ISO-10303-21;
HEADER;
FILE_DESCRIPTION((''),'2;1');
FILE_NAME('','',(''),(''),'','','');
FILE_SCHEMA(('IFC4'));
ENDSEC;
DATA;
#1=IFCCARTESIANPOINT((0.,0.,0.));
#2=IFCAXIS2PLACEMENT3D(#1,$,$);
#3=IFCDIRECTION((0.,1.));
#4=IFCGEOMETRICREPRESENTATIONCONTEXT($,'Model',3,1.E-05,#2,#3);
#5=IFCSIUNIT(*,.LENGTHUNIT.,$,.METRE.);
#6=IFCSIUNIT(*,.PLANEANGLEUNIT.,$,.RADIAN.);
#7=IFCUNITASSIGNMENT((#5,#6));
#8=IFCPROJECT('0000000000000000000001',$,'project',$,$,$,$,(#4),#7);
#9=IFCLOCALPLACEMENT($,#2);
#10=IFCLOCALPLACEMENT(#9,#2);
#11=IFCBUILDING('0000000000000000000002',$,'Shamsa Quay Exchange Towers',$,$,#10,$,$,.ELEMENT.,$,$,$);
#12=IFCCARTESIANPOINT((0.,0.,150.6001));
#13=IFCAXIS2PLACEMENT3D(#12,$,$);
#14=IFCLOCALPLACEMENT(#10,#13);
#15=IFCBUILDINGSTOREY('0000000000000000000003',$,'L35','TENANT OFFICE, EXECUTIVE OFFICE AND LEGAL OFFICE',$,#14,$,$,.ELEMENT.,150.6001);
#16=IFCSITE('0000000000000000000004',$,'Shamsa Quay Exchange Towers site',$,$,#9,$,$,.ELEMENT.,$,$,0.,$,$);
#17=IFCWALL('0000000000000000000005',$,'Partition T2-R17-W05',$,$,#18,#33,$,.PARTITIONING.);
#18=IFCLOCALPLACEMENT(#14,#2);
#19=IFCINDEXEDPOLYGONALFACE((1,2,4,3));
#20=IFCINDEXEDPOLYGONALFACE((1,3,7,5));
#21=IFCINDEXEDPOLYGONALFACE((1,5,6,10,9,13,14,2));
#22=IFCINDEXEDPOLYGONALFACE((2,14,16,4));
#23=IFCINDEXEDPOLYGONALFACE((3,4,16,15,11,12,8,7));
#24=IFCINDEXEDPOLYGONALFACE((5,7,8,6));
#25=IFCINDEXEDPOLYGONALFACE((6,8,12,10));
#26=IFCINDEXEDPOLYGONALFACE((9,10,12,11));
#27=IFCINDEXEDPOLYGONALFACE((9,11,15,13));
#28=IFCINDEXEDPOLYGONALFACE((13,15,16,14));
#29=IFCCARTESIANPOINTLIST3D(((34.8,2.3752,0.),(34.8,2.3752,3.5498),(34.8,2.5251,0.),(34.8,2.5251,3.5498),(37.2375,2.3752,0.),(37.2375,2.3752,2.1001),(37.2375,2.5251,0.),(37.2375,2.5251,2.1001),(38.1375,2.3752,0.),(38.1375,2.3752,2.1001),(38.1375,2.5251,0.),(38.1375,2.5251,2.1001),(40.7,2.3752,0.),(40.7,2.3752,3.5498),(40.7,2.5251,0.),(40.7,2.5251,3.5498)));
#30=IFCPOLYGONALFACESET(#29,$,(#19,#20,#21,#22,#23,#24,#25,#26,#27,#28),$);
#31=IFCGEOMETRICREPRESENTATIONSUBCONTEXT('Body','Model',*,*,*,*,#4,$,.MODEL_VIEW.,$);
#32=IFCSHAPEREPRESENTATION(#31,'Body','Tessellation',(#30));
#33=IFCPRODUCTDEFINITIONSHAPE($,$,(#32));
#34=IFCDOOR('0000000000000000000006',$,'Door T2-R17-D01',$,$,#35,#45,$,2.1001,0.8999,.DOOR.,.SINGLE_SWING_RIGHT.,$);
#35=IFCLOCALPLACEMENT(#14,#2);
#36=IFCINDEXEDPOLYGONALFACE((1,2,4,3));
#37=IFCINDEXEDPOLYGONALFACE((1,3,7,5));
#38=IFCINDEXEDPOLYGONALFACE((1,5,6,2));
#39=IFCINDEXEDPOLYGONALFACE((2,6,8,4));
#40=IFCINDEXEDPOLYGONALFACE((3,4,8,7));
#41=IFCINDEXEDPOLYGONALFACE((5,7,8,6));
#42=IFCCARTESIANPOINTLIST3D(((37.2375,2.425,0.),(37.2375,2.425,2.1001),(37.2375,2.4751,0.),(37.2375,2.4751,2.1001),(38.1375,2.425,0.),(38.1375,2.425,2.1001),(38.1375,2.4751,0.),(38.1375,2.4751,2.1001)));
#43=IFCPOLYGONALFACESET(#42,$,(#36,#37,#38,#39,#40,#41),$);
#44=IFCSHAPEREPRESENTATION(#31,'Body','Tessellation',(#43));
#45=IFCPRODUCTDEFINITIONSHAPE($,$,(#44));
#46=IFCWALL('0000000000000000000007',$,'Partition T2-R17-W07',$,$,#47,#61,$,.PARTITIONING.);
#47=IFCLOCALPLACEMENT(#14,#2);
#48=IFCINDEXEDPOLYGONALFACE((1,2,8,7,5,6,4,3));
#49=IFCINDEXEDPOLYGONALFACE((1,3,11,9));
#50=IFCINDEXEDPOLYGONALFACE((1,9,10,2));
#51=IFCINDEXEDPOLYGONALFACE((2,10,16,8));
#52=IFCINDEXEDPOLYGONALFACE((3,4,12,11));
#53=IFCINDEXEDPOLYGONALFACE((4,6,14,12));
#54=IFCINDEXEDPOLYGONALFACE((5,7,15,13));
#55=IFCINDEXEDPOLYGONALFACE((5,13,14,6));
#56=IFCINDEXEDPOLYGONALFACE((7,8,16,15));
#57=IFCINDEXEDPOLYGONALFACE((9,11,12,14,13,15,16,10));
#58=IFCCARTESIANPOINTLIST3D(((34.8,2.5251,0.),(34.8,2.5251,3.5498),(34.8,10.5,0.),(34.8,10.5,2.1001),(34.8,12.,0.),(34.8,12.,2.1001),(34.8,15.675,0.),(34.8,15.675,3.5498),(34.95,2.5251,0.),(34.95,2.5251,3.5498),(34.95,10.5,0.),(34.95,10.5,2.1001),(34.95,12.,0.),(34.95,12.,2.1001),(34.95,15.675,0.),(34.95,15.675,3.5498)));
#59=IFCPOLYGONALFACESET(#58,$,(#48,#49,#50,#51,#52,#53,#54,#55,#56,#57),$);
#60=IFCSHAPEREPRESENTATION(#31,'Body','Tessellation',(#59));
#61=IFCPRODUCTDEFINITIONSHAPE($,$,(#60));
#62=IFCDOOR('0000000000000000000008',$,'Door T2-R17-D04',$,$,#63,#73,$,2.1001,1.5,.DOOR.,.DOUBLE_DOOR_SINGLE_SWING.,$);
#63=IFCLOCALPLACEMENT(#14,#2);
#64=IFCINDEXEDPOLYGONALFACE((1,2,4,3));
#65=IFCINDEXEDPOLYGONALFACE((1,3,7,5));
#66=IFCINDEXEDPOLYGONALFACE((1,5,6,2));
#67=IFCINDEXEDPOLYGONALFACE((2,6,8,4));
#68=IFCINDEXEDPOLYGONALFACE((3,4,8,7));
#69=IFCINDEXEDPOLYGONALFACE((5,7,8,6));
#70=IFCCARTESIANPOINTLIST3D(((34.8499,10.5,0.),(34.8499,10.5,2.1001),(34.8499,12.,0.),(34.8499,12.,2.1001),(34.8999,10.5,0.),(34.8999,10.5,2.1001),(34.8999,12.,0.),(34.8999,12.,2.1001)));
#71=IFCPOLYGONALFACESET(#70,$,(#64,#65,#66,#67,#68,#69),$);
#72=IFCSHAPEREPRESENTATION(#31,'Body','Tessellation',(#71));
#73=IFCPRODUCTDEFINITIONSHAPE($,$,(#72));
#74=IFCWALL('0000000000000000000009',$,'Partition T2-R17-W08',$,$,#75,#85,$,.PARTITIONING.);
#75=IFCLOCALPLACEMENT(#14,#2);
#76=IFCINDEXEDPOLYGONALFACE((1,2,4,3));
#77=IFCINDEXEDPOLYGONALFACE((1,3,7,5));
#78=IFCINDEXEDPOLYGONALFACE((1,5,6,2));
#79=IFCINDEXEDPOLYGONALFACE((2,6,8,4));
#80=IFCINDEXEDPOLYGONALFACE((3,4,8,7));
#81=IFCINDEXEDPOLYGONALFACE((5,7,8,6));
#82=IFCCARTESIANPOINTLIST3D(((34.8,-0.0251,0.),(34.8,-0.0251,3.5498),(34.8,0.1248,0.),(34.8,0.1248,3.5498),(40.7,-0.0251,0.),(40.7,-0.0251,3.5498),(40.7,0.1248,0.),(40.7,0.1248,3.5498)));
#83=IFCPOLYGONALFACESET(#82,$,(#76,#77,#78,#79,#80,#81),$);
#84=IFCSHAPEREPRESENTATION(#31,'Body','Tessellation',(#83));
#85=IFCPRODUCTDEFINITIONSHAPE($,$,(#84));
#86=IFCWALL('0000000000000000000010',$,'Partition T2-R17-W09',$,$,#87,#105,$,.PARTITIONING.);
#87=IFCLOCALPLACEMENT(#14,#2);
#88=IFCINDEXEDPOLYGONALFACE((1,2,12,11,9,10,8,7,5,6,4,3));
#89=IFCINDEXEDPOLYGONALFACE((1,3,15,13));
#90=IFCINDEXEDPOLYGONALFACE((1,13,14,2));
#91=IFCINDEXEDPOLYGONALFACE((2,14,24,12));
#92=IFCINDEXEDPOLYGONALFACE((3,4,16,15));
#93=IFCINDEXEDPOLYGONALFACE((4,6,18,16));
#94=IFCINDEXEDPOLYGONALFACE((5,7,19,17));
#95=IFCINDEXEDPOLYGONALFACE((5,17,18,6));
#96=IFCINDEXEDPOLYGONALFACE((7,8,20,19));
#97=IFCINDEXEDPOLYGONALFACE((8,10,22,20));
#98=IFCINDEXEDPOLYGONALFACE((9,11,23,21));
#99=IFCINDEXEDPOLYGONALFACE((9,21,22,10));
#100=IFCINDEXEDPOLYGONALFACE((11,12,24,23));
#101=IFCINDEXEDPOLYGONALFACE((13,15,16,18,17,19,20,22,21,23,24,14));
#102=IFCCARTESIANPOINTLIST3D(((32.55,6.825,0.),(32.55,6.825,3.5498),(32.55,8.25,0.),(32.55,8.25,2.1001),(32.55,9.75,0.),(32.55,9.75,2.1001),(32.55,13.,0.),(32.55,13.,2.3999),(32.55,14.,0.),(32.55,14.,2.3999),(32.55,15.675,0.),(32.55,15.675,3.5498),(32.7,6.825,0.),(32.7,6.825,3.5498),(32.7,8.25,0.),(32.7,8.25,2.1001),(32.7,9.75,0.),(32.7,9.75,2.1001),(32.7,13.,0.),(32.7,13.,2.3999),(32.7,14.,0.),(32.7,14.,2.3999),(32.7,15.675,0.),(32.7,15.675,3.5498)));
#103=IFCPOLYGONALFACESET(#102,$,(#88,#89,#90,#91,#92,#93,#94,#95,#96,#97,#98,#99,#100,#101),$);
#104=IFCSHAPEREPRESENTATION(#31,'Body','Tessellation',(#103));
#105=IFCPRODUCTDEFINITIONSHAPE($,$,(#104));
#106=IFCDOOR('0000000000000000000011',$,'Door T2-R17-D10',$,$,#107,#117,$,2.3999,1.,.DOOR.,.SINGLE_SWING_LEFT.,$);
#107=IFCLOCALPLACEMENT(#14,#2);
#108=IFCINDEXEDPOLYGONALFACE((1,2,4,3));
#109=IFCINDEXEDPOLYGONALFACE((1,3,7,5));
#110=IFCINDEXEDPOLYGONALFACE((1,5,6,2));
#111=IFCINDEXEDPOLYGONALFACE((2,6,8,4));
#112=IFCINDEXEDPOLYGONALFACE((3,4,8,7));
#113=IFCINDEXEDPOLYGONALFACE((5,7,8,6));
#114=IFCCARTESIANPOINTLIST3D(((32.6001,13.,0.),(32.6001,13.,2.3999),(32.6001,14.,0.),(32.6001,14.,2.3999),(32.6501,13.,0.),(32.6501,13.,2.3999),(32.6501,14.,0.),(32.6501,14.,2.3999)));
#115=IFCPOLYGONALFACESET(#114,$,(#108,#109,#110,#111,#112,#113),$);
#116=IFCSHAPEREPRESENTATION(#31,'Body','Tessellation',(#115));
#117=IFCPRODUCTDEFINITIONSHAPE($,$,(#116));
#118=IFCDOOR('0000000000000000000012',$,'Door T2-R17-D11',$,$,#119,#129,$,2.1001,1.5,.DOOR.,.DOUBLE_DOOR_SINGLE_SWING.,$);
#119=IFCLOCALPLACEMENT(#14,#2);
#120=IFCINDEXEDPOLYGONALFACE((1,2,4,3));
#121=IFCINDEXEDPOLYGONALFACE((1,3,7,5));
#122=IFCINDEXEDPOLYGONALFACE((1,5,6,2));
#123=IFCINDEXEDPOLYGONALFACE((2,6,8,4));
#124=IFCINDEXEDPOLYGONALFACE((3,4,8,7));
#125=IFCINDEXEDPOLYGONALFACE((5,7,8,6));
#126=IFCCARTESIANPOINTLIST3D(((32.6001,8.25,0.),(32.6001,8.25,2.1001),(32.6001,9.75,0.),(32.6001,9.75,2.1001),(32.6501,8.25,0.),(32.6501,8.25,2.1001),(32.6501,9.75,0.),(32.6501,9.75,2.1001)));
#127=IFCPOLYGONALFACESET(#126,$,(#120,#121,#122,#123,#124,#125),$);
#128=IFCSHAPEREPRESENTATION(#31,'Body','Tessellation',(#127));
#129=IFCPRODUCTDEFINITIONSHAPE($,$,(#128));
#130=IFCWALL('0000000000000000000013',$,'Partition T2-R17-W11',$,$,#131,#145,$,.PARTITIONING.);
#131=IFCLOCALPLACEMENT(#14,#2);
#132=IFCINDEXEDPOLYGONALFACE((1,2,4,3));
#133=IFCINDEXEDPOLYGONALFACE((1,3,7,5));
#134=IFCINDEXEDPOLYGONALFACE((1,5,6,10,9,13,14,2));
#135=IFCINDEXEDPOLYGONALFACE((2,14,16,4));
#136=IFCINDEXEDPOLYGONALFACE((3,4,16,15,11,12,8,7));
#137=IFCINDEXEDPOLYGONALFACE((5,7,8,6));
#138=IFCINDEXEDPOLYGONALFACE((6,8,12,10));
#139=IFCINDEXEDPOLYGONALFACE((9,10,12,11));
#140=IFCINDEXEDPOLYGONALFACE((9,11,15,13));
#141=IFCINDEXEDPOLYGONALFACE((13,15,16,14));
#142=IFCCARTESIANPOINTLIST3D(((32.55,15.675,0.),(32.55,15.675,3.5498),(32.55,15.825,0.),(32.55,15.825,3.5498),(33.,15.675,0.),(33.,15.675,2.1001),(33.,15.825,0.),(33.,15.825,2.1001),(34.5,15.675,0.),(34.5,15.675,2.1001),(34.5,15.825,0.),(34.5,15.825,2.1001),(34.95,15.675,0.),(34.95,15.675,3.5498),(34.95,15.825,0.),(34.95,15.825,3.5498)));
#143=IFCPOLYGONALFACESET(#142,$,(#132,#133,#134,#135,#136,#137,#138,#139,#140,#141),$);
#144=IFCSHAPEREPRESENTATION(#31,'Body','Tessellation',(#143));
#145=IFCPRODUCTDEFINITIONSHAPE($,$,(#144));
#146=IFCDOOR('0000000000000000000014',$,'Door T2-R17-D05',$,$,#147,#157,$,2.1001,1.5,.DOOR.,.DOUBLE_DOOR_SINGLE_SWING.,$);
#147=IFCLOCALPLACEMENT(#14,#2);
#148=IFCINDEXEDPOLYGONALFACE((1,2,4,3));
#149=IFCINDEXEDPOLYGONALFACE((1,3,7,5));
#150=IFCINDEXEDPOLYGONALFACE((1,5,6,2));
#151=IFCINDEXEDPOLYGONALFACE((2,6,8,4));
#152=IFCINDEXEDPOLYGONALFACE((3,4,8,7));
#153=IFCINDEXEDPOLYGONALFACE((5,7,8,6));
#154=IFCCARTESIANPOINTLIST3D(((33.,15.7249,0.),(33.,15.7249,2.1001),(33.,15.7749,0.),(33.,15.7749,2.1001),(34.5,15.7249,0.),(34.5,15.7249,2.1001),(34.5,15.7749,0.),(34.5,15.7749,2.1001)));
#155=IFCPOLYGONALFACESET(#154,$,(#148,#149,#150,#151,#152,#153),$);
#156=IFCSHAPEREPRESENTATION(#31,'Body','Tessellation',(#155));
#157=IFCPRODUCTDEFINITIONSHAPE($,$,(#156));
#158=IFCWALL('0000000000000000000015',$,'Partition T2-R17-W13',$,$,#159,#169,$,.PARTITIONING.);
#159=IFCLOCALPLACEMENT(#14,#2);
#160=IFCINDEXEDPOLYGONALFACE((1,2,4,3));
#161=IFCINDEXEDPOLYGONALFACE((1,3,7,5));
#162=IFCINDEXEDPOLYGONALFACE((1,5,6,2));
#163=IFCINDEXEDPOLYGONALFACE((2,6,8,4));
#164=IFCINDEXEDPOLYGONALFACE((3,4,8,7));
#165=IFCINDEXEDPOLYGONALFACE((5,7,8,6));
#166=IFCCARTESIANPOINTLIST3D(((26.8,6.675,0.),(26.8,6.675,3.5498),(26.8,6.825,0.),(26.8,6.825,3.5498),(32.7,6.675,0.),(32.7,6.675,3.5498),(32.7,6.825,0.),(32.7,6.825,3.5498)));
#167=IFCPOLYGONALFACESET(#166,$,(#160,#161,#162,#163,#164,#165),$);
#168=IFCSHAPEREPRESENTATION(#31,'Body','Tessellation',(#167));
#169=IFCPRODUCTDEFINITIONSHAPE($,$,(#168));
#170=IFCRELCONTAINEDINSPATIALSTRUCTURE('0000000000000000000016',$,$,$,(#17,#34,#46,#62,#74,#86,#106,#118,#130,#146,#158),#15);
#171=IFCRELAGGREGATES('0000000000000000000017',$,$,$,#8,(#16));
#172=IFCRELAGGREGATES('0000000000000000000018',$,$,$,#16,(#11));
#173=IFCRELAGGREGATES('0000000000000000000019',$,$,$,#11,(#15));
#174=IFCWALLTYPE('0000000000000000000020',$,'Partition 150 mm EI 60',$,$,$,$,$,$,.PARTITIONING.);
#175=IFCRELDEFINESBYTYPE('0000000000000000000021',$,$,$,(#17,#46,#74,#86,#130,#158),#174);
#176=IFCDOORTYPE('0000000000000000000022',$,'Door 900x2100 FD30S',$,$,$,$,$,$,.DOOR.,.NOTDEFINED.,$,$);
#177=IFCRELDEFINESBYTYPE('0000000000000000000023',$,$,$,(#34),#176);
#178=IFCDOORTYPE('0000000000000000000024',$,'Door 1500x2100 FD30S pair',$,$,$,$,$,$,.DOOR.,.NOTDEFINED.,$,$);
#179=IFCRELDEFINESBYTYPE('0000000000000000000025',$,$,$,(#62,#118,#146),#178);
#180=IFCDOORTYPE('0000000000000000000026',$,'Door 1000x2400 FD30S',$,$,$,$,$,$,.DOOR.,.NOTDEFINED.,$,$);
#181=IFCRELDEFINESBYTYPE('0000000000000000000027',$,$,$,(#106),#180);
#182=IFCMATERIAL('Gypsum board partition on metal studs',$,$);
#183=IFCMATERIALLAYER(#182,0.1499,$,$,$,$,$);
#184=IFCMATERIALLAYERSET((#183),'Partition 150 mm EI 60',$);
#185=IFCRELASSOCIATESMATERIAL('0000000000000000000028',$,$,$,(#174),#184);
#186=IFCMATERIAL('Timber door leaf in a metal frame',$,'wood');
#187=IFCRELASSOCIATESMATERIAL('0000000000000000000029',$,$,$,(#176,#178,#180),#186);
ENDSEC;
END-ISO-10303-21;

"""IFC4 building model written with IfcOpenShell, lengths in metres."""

from ifc_helpers import new_model, si_unit, direction, frame, frame_2d, origin, place, context, subcontext, project, spatial, rectangle, extrude, material, layer, layer_set, type_object, element, fill, save


model = new_model("IFC4")

# Units and contexts
model_context = context("Model", 3, precision=1e-05, world=origin(), true_north=direction((0.0, 1.0)))
body_context = subcontext(model_context, "Body", "Model", "MODEL_VIEW")
ifc_project = project(units=[si_unit("LENGTHUNIT", "METRE"), si_unit("PLANEANGLEUNIT", "RADIAN")], contexts=[model_context])

# Site, building, storey
site_placement = place(None, origin())
site = spatial("IfcSite", under=ifc_project, at=site_placement, Name="Shamsa Quay Exchange Towers site", CompositionType="ELEMENT", RefElevation=0.0)
building_placement = place(site_placement, origin())
building = spatial("IfcBuilding", under=site, at=building_placement, Name="Shamsa Quay Exchange Towers", CompositionType="ELEMENT")
storey_placement = place(building_placement, frame((0.0, 0.0, 150.6001)))
storey = spatial("IfcBuildingStorey", under=building, at=storey_placement, Name="L35", Description="TENANT OFFICE, EXECUTIVE OFFICE AND LEGAL OFFICE", CompositionType="ELEMENT", Elevation=150.6001)

# Walls, openings, doors
ifc_material_1 = material(Name="Gypsum board partition on metal studs")
ifc_material_2 = material(Name="Timber door leaf in a metal frame", Category="wood")
ifc_layer_1 = layer(ifc_material_1, 0.1499)
ifc_layer_set_1 = layer_set([ifc_layer_1], Name="Partition 150 mm EI 60")
wall_type_1 = type_object("IfcWallType", Name="Partition 150 mm EI 60", PredefinedType="PARTITIONING", material=ifc_layer_set_1)
wall_1_placement = place(storey_placement, frame((34.8, 2.4502, 0.0)))
wall_1 = element("IfcWall", 1, at=wall_1_placement, inside=storey, type_object=wall_type_1, Name="Partition T2-R17-W05", PredefinedType="PARTITIONING", context=body_context, shape_type="SweptSolid", body=[
    extrude(rectangle(XDim=5.8999, YDim=0.1499, at=frame_2d((2.95, 0.0))), origin(), (0.0, 0.0, 1.0), 3.5498),
])
opening_1_placement = place(wall_1_placement, frame((2.4375, 0.0, 0.0)))
opening_1 = element("IfcOpeningElement", 2, at=opening_1_placement, cuts=wall_1, PredefinedType="OPENING", context=body_context, shape_type="SweptSolid", body=[
    extrude(rectangle(XDim=0.8999, YDim=2.1001, at=frame_2d((0.45, 1.05))), frame((0.0, 0.085, 0.0), z_axis=(0.0, -1.0, 0.0), x_axis=(1.0, 0.0, 0.0)), (0.0, 0.0, 1.0), 0.1699),
])
door_type_1 = type_object("IfcDoorType", Name="Door 900x2100 FD30S", OperationType="NOTDEFINED", PredefinedType="DOOR", material=ifc_material_2)
door_1_placement = place(opening_1_placement, origin())
door_1 = element("IfcDoor", 3, at=door_1_placement, inside=storey, type_object=door_type_1, Name="Door T2-R17-D01", OperationType="SINGLE_SWING_RIGHT", OverallHeight=2.1001, OverallWidth=0.8999, PredefinedType="DOOR", context=body_context, shape_type="SweptSolid", body=[
    extrude(rectangle(XDim=0.8999, YDim=2.1001, at=frame_2d((0.45, 1.05))), frame((0.0, 0.0249, 0.0), z_axis=(0.0, -1.0, 0.0), x_axis=(1.0, 0.0, 0.0)), (0.0, 0.0, 1.0), 0.05),
])
fill(opening_1, door_1)
wall_2_placement = place(storey_placement, frame((34.875, 15.675, 0.0), z_axis=(0.0, 0.0, 1.0), x_axis=(0.0, -1.0, 0.0)))
wall_2 = element("IfcWall", 4, at=wall_2_placement, inside=storey, type_object=wall_type_1, Name="Partition T2-R17-W07", PredefinedType="PARTITIONING", context=body_context, shape_type="SweptSolid", body=[
    extrude(rectangle(XDim=13.1499, YDim=0.1499, at=frame_2d((6.575, 0.0))), origin(), (0.0, 0.0, 1.0), 3.5498),
])
opening_2_placement = place(wall_2_placement, frame((3.675, 0.0, 0.0)))
opening_2 = element("IfcOpeningElement", 5, at=opening_2_placement, cuts=wall_2, PredefinedType="OPENING", context=body_context, shape_type="SweptSolid", body=[
    extrude(rectangle(XDim=1.5, YDim=2.1001, at=frame_2d((0.75, 1.05))), frame((0.0, 0.085, 0.0), z_axis=(0.0, -1.0, 0.0), x_axis=(1.0, 0.0, 0.0)), (0.0, 0.0, 1.0), 0.1699),
])
door_type_2 = type_object("IfcDoorType", Name="Door 1500x2100 FD30S pair", OperationType="NOTDEFINED", PredefinedType="DOOR", material=ifc_material_2)
door_2_placement = place(opening_2_placement, origin())
door_2 = element("IfcDoor", 6, at=door_2_placement, inside=storey, type_object=door_type_2, Name="Door T2-R17-D04", OperationType="DOUBLE_DOOR_SINGLE_SWING", OverallHeight=2.1001, OverallWidth=1.5, PredefinedType="DOOR", context=body_context, shape_type="SweptSolid", body=[
    extrude(rectangle(XDim=1.5, YDim=2.1001, at=frame_2d((0.75, 1.05))), frame((0.0, 0.0249, 0.0), z_axis=(0.0, -1.0, 0.0), x_axis=(1.0, 0.0, 0.0)), (0.0, 0.0, 1.0), 0.05),
])
fill(opening_2, door_2)

# Wall
wall_3_placement = place(storey_placement, frame((40.7, 0.0498, 0.0), z_axis=(0.0, 0.0, 1.0), x_axis=(-1.0, 0.0, 0.0)))
element("IfcWall", 7, at=wall_3_placement, inside=storey, type_object=wall_type_1, Name="Partition T2-R17-W08", PredefinedType="PARTITIONING", context=body_context, shape_type="SweptSolid", body=[
    extrude(rectangle(XDim=5.8999, YDim=0.1499, at=frame_2d((2.95, 0.0))), origin(), (0.0, 0.0, 1.0), 3.5498),
])

# Wall, openings, doors
wall_4_placement = place(storey_placement, frame((32.625, 6.825, 0.0), z_axis=(0.0, 0.0, 1.0), x_axis=(0.0, 1.0, 0.0)))
wall_4 = element("IfcWall", 8, at=wall_4_placement, inside=storey, type_object=wall_type_1, Name="Partition T2-R17-W09", PredefinedType="PARTITIONING", context=body_context, shape_type="SweptSolid", body=[
    extrude(rectangle(XDim=8.8501, YDim=0.1499, at=frame_2d((4.425, 0.0))), origin(), (0.0, 0.0, 1.0), 3.5498),
])
opening_3_placement = place(wall_4_placement, frame((6.175, 0.0, 0.0)))
opening_3 = element("IfcOpeningElement", 9, at=opening_3_placement, cuts=wall_4, PredefinedType="OPENING", context=body_context, shape_type="SweptSolid", body=[
    extrude(rectangle(XDim=1.0, YDim=2.3999, at=frame_2d((0.5, 1.2))), frame((0.0, 0.085, 0.0), z_axis=(0.0, -1.0, 0.0), x_axis=(1.0, 0.0, 0.0)), (0.0, 0.0, 1.0), 0.1699),
])
opening_4_placement = place(wall_4_placement, frame((1.425, 0.0, 0.0)))
opening_4 = element("IfcOpeningElement", 10, at=opening_4_placement, cuts=wall_4, PredefinedType="OPENING", context=body_context, shape_type="SweptSolid", body=[
    extrude(rectangle(XDim=1.5, YDim=2.1001, at=frame_2d((0.75, 1.05))), frame((0.0, 0.085, 0.0), z_axis=(0.0, -1.0, 0.0), x_axis=(1.0, 0.0, 0.0)), (0.0, 0.0, 1.0), 0.1699),
])
door_type_3 = type_object("IfcDoorType", Name="Door 1000x2400 FD30S", OperationType="NOTDEFINED", PredefinedType="DOOR", material=ifc_material_2)
door_3_placement = place(opening_3_placement, origin())
door_3 = element("IfcDoor", 11, at=door_3_placement, inside=storey, type_object=door_type_3, Name="Door T2-R17-D10", OperationType="SINGLE_SWING_LEFT", OverallHeight=2.3999, OverallWidth=1.0, PredefinedType="DOOR", context=body_context, shape_type="SweptSolid", body=[
    extrude(rectangle(XDim=1.0, YDim=2.3999, at=frame_2d((0.5, 1.2))), frame((0.0, 0.0249, 0.0), z_axis=(0.0, -1.0, 0.0), x_axis=(1.0, 0.0, 0.0)), (0.0, 0.0, 1.0), 0.05),
])
fill(opening_3, door_3)
door_4_placement = place(opening_4_placement, origin())
door_4 = element("IfcDoor", 12, at=door_4_placement, inside=storey, type_object=door_type_2, Name="Door T2-R17-D11", OperationType="DOUBLE_DOOR_SINGLE_SWING", OverallHeight=2.1001, OverallWidth=1.5, PredefinedType="DOOR", context=body_context, shape_type="SweptSolid", body=[
    extrude(rectangle(XDim=1.5, YDim=2.1001, at=frame_2d((0.75, 1.05))), frame((0.0, 0.0249, 0.0), z_axis=(0.0, -1.0, 0.0), x_axis=(1.0, 0.0, 0.0)), (0.0, 0.0, 1.0), 0.05),
])
fill(opening_4, door_4)

# Wall, opening, door
wall_5_placement = place(storey_placement, frame((32.55, 15.75, 0.0)))
wall_5 = element("IfcWall", 13, at=wall_5_placement, inside=storey, type_object=wall_type_1, Name="Partition T2-R17-W11", PredefinedType="PARTITIONING", context=body_context, shape_type="SweptSolid", body=[
    extrude(rectangle(XDim=2.3999, YDim=0.1499, at=frame_2d((1.2, 0.0))), origin(), (0.0, 0.0, 1.0), 3.5498),
])
opening_5_placement = place(wall_5_placement, frame((0.45, 0.0, 0.0)))
opening_5 = element("IfcOpeningElement", 14, at=opening_5_placement, cuts=wall_5, PredefinedType="OPENING", context=body_context, shape_type="SweptSolid", body=[
    extrude(rectangle(XDim=1.5, YDim=2.1001, at=frame_2d((0.75, 1.05))), frame((0.0, 0.085, 0.0), z_axis=(0.0, -1.0, 0.0), x_axis=(1.0, 0.0, 0.0)), (0.0, 0.0, 1.0), 0.1699),
])
door_5_placement = place(opening_5_placement, origin())
door_5 = element("IfcDoor", 15, at=door_5_placement, inside=storey, type_object=door_type_2, Name="Door T2-R17-D05", OperationType="DOUBLE_DOOR_SINGLE_SWING", OverallHeight=2.1001, OverallWidth=1.5, PredefinedType="DOOR", context=body_context, shape_type="SweptSolid", body=[
    extrude(rectangle(XDim=1.5, YDim=2.1001, at=frame_2d((0.75, 1.05))), frame((0.0, 0.0249, 0.0), z_axis=(0.0, -1.0, 0.0), x_axis=(1.0, 0.0, 0.0)), (0.0, 0.0, 1.0), 0.05),
])
fill(opening_5, door_5)

# Wall
wall_6_placement = place(storey_placement, frame((32.7, 6.75, 0.0), z_axis=(0.0, 0.0, 1.0), x_axis=(-1.0, 0.0, 0.0)))
element("IfcWall", 16, at=wall_6_placement, inside=storey, type_object=wall_type_1, Name="Partition T2-R17-W13", PredefinedType="PARTITIONING", context=body_context, shape_type="SweptSolid", body=[
    extrude(rectangle(XDim=5.8999, YDim=0.1499, at=frame_2d((2.95, 0.0))), origin(), (0.0, 0.0, 1.0), 3.5498),
])

save(model, "model.ifc")
